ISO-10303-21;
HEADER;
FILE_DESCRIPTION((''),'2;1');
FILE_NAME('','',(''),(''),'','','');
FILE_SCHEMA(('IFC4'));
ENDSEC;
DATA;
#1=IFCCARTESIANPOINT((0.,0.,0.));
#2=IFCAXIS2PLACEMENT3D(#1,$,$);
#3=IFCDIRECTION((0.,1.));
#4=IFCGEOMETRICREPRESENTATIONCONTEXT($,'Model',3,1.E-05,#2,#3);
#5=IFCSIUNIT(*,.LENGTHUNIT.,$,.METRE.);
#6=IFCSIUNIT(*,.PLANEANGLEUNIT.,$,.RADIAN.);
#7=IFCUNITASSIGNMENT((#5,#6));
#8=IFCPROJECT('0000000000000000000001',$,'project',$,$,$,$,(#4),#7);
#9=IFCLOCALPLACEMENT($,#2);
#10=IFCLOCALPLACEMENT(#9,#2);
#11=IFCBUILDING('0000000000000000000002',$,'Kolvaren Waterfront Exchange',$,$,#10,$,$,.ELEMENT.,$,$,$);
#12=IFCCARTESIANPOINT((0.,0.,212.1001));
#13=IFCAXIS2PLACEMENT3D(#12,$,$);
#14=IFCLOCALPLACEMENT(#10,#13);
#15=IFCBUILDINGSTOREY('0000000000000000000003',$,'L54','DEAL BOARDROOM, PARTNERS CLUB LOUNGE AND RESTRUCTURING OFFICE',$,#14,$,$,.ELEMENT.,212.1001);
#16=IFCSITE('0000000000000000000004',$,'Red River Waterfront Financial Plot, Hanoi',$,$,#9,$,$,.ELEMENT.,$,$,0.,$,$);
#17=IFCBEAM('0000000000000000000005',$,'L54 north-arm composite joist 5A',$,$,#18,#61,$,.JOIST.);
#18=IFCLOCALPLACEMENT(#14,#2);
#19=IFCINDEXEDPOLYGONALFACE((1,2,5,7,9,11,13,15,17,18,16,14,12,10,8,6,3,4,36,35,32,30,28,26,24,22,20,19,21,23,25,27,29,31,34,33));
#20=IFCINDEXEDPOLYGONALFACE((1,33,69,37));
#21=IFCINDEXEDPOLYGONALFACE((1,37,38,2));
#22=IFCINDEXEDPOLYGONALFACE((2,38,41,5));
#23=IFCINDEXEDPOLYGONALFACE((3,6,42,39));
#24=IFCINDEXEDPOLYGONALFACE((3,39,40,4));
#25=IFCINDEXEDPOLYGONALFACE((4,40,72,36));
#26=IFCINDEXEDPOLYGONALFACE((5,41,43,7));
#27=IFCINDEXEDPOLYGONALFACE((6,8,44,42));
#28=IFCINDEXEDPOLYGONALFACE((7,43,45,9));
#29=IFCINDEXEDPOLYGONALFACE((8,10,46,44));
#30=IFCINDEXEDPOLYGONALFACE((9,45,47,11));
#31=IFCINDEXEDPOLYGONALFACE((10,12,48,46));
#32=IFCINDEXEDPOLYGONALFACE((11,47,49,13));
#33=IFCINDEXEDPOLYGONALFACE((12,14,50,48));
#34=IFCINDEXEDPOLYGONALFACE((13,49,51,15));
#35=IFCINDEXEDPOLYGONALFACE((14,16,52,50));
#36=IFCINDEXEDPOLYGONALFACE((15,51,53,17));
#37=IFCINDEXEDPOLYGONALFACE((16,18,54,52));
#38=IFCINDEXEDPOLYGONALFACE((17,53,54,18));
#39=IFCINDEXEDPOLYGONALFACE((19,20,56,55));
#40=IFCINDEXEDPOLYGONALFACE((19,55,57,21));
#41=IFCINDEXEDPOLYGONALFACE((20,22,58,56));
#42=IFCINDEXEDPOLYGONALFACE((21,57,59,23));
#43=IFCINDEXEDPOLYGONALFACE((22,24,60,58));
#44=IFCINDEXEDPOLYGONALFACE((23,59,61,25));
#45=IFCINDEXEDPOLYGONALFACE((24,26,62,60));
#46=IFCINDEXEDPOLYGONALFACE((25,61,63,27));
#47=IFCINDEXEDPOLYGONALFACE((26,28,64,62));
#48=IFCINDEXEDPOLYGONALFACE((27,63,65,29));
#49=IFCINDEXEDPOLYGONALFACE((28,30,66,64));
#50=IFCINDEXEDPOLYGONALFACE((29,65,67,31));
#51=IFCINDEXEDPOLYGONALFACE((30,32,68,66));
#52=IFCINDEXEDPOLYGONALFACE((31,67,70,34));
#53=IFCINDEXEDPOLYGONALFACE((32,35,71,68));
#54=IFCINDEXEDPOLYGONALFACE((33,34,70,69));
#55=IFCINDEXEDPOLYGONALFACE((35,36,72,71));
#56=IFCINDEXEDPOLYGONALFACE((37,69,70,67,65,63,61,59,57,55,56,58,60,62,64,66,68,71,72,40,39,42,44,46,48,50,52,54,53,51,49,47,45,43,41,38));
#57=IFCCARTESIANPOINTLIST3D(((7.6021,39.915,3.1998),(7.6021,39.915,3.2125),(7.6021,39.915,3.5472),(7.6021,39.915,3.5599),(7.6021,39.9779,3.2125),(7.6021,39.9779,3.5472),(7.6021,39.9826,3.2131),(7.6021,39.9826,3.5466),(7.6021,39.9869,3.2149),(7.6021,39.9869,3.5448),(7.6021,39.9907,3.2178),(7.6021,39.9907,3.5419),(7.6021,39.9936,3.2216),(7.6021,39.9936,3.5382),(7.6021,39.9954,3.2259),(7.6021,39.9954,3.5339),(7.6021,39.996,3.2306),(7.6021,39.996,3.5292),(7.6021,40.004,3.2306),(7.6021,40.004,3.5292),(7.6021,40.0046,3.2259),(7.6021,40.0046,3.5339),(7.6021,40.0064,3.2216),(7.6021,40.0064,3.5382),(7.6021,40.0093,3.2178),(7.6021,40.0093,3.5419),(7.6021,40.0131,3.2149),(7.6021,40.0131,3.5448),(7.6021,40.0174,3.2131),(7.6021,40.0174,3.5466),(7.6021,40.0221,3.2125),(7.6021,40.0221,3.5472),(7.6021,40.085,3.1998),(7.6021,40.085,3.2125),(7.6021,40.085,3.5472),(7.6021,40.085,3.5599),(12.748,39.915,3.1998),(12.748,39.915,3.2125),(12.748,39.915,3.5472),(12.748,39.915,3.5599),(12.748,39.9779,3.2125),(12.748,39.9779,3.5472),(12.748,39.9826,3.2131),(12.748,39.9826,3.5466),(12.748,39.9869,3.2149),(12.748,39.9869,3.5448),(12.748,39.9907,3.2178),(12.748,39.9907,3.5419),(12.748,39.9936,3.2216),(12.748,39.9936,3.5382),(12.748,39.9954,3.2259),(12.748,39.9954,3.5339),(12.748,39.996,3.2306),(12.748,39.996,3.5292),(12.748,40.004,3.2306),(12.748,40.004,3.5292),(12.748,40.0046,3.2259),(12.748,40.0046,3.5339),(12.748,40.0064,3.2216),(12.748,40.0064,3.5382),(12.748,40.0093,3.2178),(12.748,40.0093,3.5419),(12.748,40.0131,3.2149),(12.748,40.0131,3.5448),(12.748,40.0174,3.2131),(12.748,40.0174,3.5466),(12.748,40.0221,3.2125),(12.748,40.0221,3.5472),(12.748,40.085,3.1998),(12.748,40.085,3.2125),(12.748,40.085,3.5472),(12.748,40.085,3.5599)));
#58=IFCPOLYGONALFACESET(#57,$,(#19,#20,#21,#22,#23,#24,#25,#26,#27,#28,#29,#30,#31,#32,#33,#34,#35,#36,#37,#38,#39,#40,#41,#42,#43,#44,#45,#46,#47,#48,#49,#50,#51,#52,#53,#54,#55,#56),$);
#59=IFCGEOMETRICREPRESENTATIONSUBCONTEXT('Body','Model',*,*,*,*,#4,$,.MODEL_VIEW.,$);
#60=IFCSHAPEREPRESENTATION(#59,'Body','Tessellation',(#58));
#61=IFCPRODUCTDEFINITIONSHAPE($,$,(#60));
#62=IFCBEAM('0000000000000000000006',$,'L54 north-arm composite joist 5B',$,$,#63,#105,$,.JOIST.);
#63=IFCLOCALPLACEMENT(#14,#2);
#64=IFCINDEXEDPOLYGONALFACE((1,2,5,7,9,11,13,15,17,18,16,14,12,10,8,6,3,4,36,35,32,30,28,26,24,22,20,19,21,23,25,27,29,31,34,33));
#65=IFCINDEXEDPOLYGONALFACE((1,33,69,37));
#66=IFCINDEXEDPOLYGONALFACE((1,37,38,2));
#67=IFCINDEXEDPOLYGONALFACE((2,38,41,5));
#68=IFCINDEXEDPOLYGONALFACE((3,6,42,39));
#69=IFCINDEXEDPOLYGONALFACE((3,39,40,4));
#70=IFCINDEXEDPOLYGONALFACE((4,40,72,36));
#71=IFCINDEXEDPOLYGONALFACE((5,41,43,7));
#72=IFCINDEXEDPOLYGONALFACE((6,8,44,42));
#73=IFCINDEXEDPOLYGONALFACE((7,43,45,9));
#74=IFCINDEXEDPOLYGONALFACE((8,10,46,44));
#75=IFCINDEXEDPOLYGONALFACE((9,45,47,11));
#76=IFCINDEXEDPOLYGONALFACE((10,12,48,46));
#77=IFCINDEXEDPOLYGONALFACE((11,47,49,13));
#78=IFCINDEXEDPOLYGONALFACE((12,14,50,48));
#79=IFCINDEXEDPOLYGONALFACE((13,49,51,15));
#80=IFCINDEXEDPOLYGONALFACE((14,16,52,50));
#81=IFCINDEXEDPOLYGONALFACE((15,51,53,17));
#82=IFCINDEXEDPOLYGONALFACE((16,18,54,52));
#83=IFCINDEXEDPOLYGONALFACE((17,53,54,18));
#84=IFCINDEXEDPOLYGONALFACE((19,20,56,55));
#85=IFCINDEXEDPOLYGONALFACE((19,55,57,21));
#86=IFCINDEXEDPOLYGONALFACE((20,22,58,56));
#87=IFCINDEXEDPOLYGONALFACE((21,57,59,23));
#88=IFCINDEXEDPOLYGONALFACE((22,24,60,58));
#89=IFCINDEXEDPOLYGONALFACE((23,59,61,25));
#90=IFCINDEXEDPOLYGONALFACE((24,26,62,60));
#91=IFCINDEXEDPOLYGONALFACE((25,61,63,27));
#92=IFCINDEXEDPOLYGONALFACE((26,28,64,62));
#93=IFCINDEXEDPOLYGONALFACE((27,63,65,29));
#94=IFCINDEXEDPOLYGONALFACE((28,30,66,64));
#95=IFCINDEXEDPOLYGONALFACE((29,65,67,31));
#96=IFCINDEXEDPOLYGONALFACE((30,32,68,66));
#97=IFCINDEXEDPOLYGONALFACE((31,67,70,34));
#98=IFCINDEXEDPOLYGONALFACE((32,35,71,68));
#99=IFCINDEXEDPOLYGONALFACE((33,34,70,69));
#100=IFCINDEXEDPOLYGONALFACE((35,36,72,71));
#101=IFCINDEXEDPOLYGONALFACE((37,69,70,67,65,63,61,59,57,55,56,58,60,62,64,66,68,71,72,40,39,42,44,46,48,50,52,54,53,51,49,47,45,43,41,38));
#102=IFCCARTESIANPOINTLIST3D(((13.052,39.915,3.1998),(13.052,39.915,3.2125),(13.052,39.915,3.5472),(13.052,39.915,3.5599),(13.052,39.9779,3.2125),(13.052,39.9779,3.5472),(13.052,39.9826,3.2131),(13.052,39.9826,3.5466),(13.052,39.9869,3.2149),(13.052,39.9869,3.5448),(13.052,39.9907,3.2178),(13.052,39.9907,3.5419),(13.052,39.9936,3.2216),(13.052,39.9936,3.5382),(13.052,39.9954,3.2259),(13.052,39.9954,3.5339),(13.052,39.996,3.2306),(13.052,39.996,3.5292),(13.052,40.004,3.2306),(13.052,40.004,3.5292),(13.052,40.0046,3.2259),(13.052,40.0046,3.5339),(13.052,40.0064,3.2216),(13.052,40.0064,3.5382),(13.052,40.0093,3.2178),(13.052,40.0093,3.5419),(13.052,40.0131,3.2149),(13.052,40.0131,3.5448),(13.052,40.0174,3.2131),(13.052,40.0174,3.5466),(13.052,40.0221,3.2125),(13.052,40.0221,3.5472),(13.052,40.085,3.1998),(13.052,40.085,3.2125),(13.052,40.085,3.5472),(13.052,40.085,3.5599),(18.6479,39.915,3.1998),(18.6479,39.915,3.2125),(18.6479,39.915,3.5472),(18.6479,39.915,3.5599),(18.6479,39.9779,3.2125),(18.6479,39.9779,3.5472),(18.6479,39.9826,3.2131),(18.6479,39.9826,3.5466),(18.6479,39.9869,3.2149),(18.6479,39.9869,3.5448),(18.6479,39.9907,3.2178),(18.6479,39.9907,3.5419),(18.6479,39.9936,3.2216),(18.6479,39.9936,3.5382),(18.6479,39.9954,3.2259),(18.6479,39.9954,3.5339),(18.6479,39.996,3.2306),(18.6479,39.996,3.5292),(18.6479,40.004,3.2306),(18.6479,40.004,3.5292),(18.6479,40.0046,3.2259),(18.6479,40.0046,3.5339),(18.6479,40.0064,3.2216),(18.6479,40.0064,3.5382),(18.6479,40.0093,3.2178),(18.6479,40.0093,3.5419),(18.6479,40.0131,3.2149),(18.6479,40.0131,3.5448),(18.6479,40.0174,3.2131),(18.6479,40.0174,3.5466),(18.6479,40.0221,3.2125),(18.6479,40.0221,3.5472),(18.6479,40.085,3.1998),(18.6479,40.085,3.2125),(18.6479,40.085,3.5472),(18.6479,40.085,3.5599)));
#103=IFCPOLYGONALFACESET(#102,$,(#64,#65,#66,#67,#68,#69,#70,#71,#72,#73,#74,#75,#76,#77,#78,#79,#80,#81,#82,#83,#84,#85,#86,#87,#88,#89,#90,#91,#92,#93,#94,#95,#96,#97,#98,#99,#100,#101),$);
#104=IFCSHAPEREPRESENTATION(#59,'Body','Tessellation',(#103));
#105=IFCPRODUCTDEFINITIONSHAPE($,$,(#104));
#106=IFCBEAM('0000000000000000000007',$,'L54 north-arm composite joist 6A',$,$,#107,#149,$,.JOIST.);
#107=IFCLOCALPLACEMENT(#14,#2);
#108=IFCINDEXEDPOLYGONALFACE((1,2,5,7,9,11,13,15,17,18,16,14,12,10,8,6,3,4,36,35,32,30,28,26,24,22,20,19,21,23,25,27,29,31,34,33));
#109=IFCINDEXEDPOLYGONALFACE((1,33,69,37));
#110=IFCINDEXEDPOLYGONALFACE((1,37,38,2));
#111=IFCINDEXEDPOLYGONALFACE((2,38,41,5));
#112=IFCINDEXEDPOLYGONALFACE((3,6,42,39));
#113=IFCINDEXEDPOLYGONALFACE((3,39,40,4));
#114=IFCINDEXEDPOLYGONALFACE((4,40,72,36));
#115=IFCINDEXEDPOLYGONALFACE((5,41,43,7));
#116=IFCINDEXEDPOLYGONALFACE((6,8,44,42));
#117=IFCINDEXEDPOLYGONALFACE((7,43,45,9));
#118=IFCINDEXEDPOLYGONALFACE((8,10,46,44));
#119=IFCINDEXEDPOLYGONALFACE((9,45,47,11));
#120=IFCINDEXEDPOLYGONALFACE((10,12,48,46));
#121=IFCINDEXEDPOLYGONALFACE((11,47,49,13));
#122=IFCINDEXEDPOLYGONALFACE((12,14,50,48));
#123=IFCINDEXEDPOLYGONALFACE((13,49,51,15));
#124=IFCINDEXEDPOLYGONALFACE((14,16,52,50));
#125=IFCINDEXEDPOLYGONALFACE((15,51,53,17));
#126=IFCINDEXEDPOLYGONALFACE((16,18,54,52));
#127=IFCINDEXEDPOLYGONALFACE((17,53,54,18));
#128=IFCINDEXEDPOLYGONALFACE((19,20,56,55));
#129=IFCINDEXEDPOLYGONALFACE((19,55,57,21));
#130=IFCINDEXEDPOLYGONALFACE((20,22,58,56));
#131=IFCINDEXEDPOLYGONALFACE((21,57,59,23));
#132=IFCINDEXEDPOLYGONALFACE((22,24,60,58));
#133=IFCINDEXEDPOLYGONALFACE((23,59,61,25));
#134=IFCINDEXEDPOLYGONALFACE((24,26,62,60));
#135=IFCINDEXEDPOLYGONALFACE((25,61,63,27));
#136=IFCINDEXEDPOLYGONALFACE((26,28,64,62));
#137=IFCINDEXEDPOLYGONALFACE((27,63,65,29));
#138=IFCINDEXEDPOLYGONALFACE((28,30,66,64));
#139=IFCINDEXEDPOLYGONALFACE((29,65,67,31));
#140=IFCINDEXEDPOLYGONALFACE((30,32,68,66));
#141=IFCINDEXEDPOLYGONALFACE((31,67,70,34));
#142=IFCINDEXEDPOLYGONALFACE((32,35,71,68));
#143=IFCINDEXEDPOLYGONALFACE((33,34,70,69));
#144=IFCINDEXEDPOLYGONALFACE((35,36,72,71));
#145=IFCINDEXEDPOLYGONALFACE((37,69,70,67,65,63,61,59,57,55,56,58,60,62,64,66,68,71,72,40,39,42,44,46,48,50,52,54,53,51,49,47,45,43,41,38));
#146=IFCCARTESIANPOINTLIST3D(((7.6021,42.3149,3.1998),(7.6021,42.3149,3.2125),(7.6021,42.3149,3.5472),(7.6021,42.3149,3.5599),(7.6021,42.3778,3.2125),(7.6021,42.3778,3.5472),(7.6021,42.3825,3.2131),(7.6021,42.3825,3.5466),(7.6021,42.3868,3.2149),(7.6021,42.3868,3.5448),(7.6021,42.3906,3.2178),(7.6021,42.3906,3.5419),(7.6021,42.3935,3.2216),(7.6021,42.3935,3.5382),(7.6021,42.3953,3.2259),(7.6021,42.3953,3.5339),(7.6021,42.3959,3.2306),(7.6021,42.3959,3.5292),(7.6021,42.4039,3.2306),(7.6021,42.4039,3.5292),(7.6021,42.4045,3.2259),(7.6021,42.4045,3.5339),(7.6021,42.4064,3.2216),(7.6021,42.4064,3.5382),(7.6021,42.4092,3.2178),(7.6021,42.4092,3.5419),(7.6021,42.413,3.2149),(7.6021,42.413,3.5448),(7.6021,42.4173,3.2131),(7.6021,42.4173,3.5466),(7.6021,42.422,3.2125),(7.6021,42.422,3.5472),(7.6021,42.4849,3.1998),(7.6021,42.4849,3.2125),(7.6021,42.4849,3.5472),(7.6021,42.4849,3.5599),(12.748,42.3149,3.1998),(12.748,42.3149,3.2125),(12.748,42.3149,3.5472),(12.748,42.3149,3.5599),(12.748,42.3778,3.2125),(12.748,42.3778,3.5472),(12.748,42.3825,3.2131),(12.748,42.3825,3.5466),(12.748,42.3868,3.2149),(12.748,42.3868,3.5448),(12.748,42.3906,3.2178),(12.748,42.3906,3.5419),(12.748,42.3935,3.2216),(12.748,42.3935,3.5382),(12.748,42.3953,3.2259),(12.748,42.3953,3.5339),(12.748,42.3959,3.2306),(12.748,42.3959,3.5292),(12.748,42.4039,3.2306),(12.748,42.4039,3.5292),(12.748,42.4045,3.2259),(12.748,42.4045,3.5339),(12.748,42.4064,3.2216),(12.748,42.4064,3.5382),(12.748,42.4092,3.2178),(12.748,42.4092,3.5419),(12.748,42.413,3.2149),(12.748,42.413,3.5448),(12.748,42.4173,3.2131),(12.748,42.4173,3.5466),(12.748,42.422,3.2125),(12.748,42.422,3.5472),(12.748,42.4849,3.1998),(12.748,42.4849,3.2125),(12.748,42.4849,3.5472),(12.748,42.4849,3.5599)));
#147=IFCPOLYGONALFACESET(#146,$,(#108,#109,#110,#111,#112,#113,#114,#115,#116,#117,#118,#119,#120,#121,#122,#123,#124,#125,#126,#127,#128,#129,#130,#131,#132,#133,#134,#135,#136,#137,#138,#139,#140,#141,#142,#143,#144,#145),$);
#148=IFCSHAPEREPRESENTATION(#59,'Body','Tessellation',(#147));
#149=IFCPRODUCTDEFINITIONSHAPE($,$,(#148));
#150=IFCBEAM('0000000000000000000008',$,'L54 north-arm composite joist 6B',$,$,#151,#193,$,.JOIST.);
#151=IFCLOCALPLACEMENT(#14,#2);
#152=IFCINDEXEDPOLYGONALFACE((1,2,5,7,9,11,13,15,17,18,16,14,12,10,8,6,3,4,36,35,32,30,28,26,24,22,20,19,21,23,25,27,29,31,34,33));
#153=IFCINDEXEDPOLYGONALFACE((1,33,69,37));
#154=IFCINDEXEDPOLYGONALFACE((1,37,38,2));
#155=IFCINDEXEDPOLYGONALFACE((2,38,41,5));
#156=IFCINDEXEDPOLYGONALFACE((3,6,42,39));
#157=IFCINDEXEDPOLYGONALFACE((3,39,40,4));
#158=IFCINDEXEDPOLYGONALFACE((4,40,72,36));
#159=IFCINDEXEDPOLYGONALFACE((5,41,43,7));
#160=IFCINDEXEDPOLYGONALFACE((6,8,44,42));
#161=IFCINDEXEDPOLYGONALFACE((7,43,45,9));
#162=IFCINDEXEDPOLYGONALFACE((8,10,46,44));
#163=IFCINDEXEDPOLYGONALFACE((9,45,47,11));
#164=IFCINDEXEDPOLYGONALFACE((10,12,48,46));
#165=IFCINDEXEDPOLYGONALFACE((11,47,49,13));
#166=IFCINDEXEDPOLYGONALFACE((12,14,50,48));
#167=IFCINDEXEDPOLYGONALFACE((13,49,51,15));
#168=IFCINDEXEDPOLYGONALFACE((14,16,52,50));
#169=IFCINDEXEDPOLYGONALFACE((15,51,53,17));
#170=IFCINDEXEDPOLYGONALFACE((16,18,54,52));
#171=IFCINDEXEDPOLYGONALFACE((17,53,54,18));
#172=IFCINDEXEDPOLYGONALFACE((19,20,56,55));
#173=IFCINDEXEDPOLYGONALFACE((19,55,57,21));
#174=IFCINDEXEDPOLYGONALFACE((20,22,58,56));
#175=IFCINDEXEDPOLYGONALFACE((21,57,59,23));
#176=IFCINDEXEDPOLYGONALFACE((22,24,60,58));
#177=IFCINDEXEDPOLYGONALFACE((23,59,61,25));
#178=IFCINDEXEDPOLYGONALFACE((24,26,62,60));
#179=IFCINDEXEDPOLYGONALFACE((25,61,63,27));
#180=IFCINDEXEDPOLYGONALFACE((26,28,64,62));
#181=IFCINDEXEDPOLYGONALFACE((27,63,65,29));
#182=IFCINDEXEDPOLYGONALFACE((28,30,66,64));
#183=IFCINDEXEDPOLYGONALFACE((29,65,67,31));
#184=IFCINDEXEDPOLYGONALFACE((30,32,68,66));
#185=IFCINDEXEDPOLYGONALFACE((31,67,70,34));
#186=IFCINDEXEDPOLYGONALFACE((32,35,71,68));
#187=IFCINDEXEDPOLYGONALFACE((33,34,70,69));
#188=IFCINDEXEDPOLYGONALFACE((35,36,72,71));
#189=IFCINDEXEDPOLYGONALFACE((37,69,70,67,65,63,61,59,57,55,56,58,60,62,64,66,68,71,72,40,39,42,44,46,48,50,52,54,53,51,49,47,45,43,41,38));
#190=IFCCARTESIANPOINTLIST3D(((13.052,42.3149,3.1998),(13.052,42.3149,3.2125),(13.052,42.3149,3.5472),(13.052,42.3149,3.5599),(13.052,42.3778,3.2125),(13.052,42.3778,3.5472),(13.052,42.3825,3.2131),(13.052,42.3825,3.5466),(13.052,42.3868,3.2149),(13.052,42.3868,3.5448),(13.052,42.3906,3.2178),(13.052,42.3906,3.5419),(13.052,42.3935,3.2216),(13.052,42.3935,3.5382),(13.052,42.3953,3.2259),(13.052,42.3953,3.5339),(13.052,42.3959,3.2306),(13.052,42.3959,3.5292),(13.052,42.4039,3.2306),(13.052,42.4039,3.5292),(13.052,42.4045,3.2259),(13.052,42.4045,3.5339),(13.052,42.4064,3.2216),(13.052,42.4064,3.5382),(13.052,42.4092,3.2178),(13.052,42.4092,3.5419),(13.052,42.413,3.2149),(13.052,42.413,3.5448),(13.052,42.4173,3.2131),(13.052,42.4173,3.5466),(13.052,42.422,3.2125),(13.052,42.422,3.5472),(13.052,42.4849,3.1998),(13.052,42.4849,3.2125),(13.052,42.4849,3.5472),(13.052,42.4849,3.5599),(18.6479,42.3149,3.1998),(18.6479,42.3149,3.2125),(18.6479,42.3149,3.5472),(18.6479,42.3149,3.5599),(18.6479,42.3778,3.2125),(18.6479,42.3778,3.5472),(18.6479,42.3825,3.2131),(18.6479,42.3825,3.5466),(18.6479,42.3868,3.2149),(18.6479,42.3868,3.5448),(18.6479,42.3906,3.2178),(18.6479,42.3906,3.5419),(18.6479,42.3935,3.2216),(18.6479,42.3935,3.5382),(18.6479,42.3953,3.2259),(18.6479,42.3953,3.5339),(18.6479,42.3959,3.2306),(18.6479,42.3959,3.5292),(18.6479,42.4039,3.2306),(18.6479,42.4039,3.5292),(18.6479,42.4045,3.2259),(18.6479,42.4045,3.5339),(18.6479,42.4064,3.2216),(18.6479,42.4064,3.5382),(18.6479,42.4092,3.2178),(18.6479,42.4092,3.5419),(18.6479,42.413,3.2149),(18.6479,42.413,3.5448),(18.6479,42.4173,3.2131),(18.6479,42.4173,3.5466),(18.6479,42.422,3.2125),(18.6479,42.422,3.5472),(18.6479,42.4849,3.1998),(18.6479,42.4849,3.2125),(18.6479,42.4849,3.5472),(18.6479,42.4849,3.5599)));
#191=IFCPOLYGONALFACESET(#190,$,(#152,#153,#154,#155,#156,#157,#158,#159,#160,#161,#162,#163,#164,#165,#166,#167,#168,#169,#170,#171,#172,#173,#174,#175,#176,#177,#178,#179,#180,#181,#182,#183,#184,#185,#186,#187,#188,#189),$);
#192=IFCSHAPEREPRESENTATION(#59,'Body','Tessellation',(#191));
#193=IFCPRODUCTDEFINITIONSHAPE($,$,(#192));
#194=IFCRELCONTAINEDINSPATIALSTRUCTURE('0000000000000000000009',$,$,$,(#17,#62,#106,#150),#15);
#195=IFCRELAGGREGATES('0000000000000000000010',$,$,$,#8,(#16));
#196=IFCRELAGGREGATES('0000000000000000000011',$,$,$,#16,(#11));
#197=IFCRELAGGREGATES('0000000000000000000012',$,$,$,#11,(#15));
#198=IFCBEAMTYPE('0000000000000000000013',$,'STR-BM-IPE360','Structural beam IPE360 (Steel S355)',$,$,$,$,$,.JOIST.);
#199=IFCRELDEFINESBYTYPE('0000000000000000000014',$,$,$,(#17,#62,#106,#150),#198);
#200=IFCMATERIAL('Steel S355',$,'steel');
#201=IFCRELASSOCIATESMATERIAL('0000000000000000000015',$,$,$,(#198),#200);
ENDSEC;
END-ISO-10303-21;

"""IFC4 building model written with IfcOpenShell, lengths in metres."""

from ifc_helpers import new_model, si_unit, direction, frame, origin, origin_2d, place, context, subcontext, project, spatial, i_section, extrude, material, material_profile, profile_set, type_object, element, save


model = new_model("IFC4")

# Units and contexts
model_context = context("Model", 3, precision=1e-05, world=origin(), true_north=direction((0.0, 1.0)))
body_context = subcontext(model_context, "Body", "Model", "MODEL_VIEW")
ifc_project = project(units=[si_unit("LENGTHUNIT", "METRE"), si_unit("PLANEANGLEUNIT", "RADIAN")], contexts=[model_context])

# Site, building, storey
site_placement = place(None, origin())
site = spatial("IfcSite", under=ifc_project, at=site_placement, Name="Red River Waterfront Financial Plot, Hanoi", CompositionType="ELEMENT", RefElevation=0.0)
building_placement = place(site_placement, origin())
building = spatial("IfcBuilding", under=site, at=building_placement, Name="Kolvaren Waterfront Exchange", CompositionType="ELEMENT")
storey_placement = place(building_placement, frame((0.0, 0.0, 212.1001)))
storey = spatial("IfcBuildingStorey", under=building, at=storey_placement, Name="L54", Description="DEAL BOARDROOM, PARTNERS CLUB LOUNGE AND RESTRUCTURING OFFICE", CompositionType="ELEMENT", Elevation=212.1001)

# Beams
ifc_material_1 = material(Name="Steel S355", Category="steel")
ifc_material_profile_1 = material_profile(ifc_material_1, i_section(OverallWidth=0.1699, OverallDepth=0.3601, WebThickness=0.0081, FlangeThickness=0.0127, FilletRadius=0.0181, at=origin_2d()), Name="IPE360")
ifc_profile_set_1 = profile_set([ifc_material_profile_1], Name="Steel S355")
beam_type_1 = type_object("IfcBeamType", Name="STR-BM-IPE360", Description="Structural beam IPE360 (Steel S355)", PredefinedType="JOIST", material=ifc_profile_set_1)
beam_1_placement = place(storey_placement, frame((7.6021, 40.0, 3.3799), z_axis=(1.0, 0.0, 0.0), x_axis=(0.0, 1.0, 0.0)))
element("IfcBeam", 1, at=beam_1_placement, inside=storey, type_object=beam_type_1, Name="L54 north-arm composite joist 5A", PredefinedType="JOIST", context=body_context, shape_type="SweptSolid", body=[
    extrude(i_section(OverallWidth=0.1699, OverallDepth=0.3601, WebThickness=0.0081, FlangeThickness=0.0127, FilletRadius=0.0181, at=origin_2d()), origin(), (0.0, 0.0, 1.0), 5.146),
])
beam_2_placement = place(storey_placement, frame((13.052, 40.0, 3.3799), z_axis=(1.0, 0.0, 0.0), x_axis=(0.0, 1.0, 0.0)))
element("IfcBeam", 2, at=beam_2_placement, inside=storey, type_object=beam_type_1, Name="L54 north-arm composite joist 5B", PredefinedType="JOIST", context=body_context, shape_type="SweptSolid", body=[
    extrude(i_section(OverallWidth=0.1699, OverallDepth=0.3601, WebThickness=0.0081, FlangeThickness=0.0127, FilletRadius=0.0181, at=origin_2d()), origin(), (0.0, 0.0, 1.0), 5.5959),
])
beam_3_placement = place(storey_placement, frame((7.6021, 42.3999, 3.3799), z_axis=(1.0, 0.0, 0.0), x_axis=(0.0, 1.0, 0.0)))
element("IfcBeam", 3, at=beam_3_placement, inside=storey, type_object=beam_type_1, Name="L54 north-arm composite joist 6A", PredefinedType="JOIST", context=body_context, shape_type="SweptSolid", body=[
    extrude(i_section(OverallWidth=0.1699, OverallDepth=0.3601, WebThickness=0.0081, FlangeThickness=0.0127, FilletRadius=0.0181, at=origin_2d()), origin(), (0.0, 0.0, 1.0), 5.146),
])
beam_4_placement = place(storey_placement, frame((13.052, 42.3999, 3.3799), z_axis=(1.0, 0.0, 0.0), x_axis=(0.0, 1.0, 0.0)))
element("IfcBeam", 4, at=beam_4_placement, inside=storey, type_object=beam_type_1, Name="L54 north-arm composite joist 6B", PredefinedType="JOIST", context=body_context, shape_type="SweptSolid", body=[
    extrude(i_section(OverallWidth=0.1699, OverallDepth=0.3601, WebThickness=0.0081, FlangeThickness=0.0127, FilletRadius=0.0181, at=origin_2d()), origin(), (0.0, 0.0, 1.0), 5.5959),
])

save(model, "model.ifc")
